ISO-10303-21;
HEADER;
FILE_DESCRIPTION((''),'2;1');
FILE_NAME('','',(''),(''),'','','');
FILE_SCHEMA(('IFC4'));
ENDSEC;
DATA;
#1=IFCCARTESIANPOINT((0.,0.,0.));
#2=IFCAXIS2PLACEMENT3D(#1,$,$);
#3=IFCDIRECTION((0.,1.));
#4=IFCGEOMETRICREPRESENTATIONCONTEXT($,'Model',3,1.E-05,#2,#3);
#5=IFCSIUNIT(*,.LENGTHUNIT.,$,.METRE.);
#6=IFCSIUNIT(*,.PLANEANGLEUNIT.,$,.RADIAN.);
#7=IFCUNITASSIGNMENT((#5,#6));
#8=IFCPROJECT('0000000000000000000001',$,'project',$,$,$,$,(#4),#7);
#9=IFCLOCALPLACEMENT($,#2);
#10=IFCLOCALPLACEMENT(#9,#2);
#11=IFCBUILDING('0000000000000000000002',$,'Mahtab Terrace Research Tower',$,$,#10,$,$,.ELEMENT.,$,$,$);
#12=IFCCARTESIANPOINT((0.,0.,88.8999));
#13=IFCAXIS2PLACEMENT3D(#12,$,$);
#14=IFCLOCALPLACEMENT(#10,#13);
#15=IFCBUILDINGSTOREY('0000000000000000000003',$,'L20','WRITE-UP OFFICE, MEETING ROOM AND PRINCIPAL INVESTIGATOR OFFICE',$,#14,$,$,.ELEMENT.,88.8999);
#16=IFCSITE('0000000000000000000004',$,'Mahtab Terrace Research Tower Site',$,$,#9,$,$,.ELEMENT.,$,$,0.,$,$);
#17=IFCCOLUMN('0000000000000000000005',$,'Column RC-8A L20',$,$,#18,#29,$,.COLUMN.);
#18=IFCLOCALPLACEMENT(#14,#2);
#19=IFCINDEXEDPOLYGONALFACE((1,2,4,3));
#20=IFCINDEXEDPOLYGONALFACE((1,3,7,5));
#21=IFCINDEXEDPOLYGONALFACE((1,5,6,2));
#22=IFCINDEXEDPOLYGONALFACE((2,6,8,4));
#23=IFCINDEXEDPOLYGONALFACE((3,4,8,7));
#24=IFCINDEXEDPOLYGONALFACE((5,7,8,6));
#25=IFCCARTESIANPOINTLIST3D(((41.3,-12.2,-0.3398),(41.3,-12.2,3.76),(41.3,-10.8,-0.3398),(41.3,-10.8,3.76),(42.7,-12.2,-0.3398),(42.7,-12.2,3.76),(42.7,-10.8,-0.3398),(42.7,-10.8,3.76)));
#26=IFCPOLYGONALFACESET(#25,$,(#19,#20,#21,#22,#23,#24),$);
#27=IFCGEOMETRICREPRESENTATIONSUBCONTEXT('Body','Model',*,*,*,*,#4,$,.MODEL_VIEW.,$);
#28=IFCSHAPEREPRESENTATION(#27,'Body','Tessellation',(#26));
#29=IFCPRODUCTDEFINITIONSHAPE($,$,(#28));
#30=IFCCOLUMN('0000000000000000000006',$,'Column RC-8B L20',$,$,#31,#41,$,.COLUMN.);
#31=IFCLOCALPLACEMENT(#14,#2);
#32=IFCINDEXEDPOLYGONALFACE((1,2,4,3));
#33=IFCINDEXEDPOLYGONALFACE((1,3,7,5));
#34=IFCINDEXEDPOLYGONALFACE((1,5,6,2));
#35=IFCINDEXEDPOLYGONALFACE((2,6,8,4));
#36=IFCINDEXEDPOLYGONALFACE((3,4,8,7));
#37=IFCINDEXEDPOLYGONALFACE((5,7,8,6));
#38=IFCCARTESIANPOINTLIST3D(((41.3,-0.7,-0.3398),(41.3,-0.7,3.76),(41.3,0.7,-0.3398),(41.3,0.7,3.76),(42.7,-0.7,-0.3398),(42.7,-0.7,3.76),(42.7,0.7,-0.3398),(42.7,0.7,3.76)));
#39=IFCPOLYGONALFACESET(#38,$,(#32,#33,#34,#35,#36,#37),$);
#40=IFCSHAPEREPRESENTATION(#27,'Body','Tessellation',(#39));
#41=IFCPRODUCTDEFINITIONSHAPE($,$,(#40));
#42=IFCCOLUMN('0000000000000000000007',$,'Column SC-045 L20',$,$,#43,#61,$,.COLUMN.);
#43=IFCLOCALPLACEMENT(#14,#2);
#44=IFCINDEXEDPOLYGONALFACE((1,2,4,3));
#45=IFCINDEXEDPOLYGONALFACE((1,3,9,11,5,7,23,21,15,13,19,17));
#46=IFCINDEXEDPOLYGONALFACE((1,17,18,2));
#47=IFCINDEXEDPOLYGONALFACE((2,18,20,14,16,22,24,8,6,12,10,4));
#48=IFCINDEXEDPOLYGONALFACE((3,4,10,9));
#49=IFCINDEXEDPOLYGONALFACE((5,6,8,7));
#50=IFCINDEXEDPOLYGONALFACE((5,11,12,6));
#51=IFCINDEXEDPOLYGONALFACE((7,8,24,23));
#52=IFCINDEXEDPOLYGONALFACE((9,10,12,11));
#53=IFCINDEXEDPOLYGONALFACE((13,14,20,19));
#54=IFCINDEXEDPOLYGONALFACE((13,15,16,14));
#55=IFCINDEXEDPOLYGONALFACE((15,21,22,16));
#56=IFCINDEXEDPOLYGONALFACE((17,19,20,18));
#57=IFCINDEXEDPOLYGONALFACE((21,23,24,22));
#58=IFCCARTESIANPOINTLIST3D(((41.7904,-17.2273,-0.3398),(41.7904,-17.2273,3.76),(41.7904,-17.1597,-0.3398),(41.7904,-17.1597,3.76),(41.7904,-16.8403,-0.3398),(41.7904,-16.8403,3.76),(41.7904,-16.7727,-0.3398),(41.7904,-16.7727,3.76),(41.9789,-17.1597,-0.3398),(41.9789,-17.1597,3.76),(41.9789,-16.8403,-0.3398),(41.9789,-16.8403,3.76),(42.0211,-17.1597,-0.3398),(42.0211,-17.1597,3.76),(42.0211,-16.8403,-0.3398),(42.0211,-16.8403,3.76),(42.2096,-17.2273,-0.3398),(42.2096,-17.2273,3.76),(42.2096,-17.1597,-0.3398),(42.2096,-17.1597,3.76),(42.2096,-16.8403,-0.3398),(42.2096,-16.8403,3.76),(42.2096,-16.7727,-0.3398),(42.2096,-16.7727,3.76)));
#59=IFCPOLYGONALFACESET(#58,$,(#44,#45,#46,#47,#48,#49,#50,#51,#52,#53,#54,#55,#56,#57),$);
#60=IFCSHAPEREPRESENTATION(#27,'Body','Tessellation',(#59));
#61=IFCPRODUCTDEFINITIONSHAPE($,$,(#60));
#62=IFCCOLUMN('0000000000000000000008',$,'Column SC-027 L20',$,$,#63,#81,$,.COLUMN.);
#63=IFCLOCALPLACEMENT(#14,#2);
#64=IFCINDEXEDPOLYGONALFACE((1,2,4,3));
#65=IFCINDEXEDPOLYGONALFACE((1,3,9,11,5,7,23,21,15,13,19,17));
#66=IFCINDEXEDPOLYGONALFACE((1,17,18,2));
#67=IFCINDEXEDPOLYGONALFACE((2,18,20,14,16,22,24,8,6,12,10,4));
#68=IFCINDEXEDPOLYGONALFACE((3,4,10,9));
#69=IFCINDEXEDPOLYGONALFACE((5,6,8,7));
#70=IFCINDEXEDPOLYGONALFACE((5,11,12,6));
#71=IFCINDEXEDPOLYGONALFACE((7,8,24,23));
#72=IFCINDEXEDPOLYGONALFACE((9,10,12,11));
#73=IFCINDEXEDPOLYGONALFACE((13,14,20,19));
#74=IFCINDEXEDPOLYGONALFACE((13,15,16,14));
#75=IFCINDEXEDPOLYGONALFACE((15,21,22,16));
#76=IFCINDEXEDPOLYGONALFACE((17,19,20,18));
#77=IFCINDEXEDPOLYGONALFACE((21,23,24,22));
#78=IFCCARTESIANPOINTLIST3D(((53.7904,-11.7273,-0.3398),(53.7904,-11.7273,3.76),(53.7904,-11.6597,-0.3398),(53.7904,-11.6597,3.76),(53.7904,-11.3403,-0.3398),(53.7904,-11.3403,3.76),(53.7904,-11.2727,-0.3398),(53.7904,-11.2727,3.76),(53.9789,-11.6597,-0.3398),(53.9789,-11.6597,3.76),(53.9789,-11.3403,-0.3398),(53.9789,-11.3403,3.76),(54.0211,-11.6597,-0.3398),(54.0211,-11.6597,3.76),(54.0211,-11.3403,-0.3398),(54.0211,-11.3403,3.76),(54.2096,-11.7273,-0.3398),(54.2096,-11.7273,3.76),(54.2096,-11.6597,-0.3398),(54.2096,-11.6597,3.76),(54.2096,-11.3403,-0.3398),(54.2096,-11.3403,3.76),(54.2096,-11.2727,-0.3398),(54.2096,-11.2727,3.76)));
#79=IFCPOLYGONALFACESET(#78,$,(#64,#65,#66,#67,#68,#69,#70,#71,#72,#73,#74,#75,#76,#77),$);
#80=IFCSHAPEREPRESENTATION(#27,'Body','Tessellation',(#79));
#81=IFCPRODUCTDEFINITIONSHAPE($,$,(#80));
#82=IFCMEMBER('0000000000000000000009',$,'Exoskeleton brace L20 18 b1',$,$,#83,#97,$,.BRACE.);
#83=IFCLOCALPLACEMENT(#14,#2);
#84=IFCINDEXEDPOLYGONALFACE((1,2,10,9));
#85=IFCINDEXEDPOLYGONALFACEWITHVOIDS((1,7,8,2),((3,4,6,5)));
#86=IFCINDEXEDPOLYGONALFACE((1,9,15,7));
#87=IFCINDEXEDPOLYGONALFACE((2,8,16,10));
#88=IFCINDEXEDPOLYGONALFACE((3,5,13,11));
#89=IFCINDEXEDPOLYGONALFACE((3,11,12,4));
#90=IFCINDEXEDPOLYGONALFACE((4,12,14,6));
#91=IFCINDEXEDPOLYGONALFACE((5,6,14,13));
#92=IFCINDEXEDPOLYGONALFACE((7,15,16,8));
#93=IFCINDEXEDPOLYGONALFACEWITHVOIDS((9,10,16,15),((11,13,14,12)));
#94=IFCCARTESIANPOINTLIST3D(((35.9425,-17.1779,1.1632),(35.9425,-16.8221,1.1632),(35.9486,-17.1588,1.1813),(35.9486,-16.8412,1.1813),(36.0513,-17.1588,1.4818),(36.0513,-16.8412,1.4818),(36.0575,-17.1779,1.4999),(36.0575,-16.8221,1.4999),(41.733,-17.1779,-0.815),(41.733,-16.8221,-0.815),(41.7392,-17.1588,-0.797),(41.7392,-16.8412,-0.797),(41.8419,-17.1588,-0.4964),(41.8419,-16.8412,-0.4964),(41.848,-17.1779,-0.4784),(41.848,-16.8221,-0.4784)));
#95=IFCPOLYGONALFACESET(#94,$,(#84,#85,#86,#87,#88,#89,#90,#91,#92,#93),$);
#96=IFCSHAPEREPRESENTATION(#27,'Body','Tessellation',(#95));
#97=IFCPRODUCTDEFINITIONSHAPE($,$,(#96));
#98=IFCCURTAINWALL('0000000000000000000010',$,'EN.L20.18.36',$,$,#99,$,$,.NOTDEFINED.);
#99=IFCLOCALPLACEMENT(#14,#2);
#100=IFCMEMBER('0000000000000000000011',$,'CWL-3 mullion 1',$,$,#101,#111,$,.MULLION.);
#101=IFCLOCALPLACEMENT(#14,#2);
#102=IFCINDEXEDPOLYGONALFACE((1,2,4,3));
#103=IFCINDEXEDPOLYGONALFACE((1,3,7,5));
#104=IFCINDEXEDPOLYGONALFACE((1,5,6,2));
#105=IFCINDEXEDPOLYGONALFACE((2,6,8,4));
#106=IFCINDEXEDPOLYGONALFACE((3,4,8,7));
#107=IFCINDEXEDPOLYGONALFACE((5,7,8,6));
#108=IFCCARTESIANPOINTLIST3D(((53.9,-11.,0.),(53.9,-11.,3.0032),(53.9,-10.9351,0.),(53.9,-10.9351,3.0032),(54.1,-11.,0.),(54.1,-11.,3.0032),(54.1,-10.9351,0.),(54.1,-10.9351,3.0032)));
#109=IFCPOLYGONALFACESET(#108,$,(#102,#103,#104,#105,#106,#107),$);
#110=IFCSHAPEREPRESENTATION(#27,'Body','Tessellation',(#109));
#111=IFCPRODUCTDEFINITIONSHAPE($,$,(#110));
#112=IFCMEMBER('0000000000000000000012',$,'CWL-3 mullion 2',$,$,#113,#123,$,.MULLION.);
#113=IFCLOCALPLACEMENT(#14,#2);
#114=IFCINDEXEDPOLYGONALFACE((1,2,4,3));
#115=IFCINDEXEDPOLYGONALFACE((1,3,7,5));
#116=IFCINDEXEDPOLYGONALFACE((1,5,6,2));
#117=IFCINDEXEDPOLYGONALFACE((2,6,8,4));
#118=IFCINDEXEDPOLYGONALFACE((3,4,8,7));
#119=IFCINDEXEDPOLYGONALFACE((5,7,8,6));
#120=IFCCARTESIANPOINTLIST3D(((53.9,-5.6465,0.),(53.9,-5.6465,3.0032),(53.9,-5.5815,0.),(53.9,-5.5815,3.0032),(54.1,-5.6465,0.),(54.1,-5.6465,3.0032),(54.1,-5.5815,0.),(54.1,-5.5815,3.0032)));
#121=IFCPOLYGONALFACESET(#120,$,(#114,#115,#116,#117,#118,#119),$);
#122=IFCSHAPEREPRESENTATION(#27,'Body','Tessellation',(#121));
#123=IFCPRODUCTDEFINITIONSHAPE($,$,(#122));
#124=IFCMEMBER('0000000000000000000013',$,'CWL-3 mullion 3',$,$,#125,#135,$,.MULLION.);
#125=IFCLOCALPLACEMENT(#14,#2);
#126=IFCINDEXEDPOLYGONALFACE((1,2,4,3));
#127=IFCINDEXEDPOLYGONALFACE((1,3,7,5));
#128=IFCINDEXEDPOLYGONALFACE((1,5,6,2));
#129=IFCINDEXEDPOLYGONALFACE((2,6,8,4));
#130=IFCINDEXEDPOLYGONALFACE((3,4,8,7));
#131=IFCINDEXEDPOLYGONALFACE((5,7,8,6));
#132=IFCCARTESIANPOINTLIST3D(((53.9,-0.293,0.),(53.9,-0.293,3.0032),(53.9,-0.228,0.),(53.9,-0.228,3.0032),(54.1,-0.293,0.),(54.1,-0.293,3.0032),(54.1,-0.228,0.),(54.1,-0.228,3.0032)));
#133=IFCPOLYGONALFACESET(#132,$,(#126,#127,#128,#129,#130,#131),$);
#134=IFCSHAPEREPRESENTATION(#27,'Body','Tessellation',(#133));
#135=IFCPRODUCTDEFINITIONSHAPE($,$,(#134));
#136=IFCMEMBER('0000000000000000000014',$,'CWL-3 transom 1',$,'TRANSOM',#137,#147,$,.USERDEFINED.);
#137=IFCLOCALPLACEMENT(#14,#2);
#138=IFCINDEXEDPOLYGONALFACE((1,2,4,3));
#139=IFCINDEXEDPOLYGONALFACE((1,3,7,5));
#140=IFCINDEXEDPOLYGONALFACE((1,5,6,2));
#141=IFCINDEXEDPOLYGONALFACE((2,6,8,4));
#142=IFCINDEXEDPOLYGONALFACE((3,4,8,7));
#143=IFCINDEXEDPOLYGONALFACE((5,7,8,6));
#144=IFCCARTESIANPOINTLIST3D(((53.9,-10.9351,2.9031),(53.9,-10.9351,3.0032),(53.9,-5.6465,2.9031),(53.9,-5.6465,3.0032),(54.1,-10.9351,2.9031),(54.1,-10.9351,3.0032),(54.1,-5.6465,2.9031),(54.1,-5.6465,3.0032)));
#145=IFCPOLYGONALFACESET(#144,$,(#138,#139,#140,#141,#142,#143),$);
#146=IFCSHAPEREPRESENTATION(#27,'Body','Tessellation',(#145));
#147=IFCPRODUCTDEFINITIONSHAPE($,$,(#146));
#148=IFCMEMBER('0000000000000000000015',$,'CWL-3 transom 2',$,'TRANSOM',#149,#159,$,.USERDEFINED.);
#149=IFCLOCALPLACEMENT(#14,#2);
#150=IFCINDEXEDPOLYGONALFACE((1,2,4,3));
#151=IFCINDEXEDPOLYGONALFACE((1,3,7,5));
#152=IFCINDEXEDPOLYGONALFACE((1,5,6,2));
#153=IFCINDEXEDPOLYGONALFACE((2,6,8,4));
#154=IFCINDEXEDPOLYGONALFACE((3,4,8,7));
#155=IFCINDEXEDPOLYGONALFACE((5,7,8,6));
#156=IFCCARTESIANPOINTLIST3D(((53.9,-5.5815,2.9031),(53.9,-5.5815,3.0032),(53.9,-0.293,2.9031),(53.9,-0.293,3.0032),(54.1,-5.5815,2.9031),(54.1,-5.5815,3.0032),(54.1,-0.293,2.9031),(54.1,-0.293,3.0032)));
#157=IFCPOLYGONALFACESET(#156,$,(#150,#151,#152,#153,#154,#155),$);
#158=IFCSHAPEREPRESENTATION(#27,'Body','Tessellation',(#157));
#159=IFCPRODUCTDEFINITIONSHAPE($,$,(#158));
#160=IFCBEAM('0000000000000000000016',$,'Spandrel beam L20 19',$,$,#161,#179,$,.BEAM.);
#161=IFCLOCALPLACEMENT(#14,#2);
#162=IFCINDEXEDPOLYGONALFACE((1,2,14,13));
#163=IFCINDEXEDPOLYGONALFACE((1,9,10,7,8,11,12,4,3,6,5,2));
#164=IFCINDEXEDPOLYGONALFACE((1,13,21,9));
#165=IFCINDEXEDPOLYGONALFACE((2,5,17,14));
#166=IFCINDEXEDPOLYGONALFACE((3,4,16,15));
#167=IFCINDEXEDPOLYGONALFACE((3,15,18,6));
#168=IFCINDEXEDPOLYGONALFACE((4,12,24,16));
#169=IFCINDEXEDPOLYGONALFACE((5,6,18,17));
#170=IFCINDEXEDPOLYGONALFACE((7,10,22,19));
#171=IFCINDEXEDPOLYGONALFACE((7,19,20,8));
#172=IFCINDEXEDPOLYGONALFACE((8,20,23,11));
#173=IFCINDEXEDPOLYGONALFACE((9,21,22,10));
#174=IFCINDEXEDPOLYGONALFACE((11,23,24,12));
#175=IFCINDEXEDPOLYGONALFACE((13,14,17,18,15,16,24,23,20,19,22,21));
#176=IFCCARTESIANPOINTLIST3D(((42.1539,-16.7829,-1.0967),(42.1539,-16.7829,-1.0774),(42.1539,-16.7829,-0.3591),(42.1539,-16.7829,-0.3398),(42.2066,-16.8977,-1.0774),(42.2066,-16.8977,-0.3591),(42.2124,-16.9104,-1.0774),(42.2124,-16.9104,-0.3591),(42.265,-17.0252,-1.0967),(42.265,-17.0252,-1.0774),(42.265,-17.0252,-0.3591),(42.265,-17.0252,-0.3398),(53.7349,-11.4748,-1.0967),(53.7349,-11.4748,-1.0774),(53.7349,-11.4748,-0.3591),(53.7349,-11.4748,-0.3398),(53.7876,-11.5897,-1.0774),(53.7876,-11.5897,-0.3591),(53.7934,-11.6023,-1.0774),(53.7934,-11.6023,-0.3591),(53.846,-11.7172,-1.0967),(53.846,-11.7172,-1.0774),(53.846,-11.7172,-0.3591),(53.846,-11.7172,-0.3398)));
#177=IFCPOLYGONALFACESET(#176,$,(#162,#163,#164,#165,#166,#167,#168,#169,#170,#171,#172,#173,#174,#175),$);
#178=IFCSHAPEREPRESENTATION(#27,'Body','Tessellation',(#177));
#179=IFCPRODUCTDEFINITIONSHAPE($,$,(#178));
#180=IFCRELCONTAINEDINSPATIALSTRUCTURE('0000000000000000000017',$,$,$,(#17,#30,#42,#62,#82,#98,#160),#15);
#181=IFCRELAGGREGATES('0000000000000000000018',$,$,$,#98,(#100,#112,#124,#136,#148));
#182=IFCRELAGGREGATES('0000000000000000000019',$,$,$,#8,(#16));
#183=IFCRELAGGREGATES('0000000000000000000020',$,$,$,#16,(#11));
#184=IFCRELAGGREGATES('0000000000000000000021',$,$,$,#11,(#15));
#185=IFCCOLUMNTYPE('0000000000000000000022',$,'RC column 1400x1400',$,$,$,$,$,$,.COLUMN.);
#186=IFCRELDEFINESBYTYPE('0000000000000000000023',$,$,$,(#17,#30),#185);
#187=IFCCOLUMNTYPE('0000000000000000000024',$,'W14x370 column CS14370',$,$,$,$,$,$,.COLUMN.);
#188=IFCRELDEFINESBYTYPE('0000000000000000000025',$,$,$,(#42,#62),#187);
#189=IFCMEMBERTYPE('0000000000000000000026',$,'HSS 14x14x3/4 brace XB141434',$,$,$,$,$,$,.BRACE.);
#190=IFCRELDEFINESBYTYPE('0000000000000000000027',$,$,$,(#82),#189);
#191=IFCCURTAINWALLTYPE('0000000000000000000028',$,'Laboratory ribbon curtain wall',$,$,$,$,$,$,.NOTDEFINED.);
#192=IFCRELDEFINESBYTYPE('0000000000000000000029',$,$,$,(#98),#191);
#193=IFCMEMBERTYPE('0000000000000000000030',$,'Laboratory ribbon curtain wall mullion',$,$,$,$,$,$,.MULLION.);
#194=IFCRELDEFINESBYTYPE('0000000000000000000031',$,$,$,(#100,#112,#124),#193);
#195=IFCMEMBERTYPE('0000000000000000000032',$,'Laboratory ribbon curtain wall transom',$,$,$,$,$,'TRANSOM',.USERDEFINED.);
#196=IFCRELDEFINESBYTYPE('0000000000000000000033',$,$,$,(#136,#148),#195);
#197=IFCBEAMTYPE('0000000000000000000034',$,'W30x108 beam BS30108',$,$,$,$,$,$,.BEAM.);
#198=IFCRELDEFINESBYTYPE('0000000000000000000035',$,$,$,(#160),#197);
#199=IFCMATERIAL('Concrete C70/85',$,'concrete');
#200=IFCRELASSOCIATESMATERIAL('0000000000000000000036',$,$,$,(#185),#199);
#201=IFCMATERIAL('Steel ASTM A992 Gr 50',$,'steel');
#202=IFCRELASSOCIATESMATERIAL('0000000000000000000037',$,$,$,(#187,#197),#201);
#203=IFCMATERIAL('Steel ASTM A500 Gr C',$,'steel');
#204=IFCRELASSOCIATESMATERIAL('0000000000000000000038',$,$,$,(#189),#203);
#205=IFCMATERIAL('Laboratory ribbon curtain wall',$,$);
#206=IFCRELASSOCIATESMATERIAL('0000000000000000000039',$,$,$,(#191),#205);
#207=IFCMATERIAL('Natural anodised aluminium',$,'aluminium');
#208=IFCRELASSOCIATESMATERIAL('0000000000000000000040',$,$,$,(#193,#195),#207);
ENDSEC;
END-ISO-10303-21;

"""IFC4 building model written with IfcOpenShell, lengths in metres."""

from ifc_helpers import new_model, si_unit, direction, frame, origin, origin_2d, place, context, subcontext, project, spatial, rectangle, hollow_rectangle, i_section, extrude, material, material_profile, profile_set, type_object, element, aggregate, save


model = new_model("IFC4")

# Units and contexts
model_context = context("Model", 3, precision=1e-05, world=origin(), true_north=direction((0.0, 1.0)))
body_context = subcontext(model_context, "Body", "Model", "MODEL_VIEW")
ifc_project = project(units=[si_unit("LENGTHUNIT", "METRE"), si_unit("PLANEANGLEUNIT", "RADIAN")], contexts=[model_context])

# Site, building, storey
site_placement = place(None, origin())
site = spatial("IfcSite", under=ifc_project, at=site_placement, Name="Mahtab Terrace Research Tower Site", CompositionType="ELEMENT", RefElevation=0.0)
building_placement = place(site_placement, origin())
building = spatial("IfcBuilding", under=site, at=building_placement, Name="Mahtab Terrace Research Tower", CompositionType="ELEMENT")
storey_placement = place(building_placement, frame((0.0, 0.0, 88.8999)))
storey = spatial("IfcBuildingStorey", under=building, at=storey_placement, Name="L20", Description="WRITE-UP OFFICE, MEETING ROOM AND PRINCIPAL INVESTIGATOR OFFICE", CompositionType="ELEMENT", Elevation=88.8999)

# Columns
ifc_material_1 = material(Name="Concrete C70/85", Category="concrete")
ifc_material_profile_1 = material_profile(ifc_material_1, rectangle(XDim=1.3999, YDim=1.3999, at=origin_2d()), Name="RC column 1400x1400")
ifc_profile_set_1 = profile_set([ifc_material_profile_1], Name="Concrete C70/85")
column_type_1 = type_object("IfcColumnType", Name="RC column 1400x1400", PredefinedType="COLUMN", material=ifc_profile_set_1)
for number, where, z_axis, x_axis, name in (
    (1, (42.0, -11.5, -0.3398), (0.0, 0.0, 1.0), (1.0, 0.0, 0.0), "Column RC-8A L20"),
    (2, (42.0, 0.0, -0.3398), (0.0, 0.0, 1.0), (1.0, 0.0, 0.0), "Column RC-8B L20"),
):
    element("IfcColumn", number, at=place(storey_placement, frame(where, z_axis=z_axis, x_axis=x_axis)), inside=storey, type_object=column_type_1, Name=name, PredefinedType="COLUMN", context=body_context, shape_type="SweptSolid", body=[
        extrude(rectangle(XDim=1.3999, YDim=1.3999, at=origin_2d()), origin(), (0.0, 0.0, 1.0), 4.0999),
    ])
ifc_material_2 = material(Name="Steel ASTM A992 Gr 50", Category="steel")
ifc_material_profile_2 = material_profile(ifc_material_2, i_section(OverallWidth=0.4192, OverallDepth=0.4546, WebThickness=0.0422, FlangeThickness=0.0676, at=origin_2d()), Name="W14X370")
ifc_profile_set_2 = profile_set([ifc_material_profile_2], Name="Steel ASTM A992 Gr 50")
column_type_2 = type_object("IfcColumnType", Name="W14x370 column CS14370", PredefinedType="COLUMN", material=ifc_profile_set_2)
for number, where, z_axis, x_axis, name in (
    (3, (42.0, -17.0, -0.3398), (0.0, 0.0, 1.0), (1.0, 0.0, 0.0), "Column SC-045 L20"),
    (4, (54.0, -11.5, -0.3398), (0.0, 0.0, 1.0), (1.0, 0.0, 0.0), "Column SC-027 L20"),
):
    element("IfcColumn", number, at=place(storey_placement, frame(where, z_axis=z_axis, x_axis=x_axis)), inside=storey, type_object=column_type_2, Name=name, PredefinedType="COLUMN", context=body_context, shape_type="SweptSolid", body=[
        extrude(i_section(OverallWidth=0.4192, OverallDepth=0.4546, WebThickness=0.0422, FlangeThickness=0.0676, at=origin_2d()), origin(), (0.0, 0.0, 1.0), 4.0999),
    ])

# Member
ifc_material_3 = material(Name="Steel ASTM A500 Gr C", Category="steel")
ifc_material_profile_3 = material_profile(ifc_material_3, hollow_rectangle(XDim=0.3557, YDim=0.3557, WallThickness=0.019, at=origin_2d()), Name="HSS14X14X3/4")
ifc_profile_set_3 = profile_set([ifc_material_profile_3], Name="Steel ASTM A500 Gr C")
member_type_1 = type_object("IfcMemberType", Name="HSS 14x14x3/4 brace XB141434", PredefinedType="BRACE", material=ifc_profile_set_3)
member_1_placement = place(storey_placement, frame((41.7905, -17.0, -0.6467), z_axis=(-0.946299, 0.0, 0.323293), x_axis=(0.0, -1.0, 0.0)))
element("IfcMember", 5, at=member_1_placement, inside=storey, type_object=member_type_1, Name="Exoskeleton brace L20 18 b1", PredefinedType="BRACE", context=body_context, shape_type="SweptSolid", body=[
    extrude(hollow_rectangle(XDim=0.3557, YDim=0.3557, WallThickness=0.019, at=origin_2d()), origin(), (0.0, 0.0, 1.0), 6.1191),
])

# Curtain wall, members
ifc_material_4 = material(Name="Laboratory ribbon curtain wall")
curtain_wall_type = type_object("IfcCurtainWallType", Name="Laboratory ribbon curtain wall", PredefinedType="NOTDEFINED", material=ifc_material_4)
curtain_wall_placement = place(storey_placement, origin())
curtain_wall = element("IfcCurtainWall", 6, at=curtain_wall_placement, inside=storey, type_object=curtain_wall_type, Name="EN.L20.18.36", PredefinedType="NOTDEFINED")
ifc_material_5 = material(Name="Natural anodised aluminium", Category="aluminium")
ifc_material_profile_4 = material_profile(ifc_material_5, rectangle(XDim=0.2, YDim=0.0649, at=origin_2d()), Name="MULLION 65x200")
ifc_profile_set_4 = profile_set([ifc_material_profile_4], Name="Natural anodised aluminium")
member_type_2 = type_object("IfcMemberType", Name="Laboratory ribbon curtain wall mullion", PredefinedType="MULLION", material=ifc_profile_set_4)
member_2_placement = place(storey_placement, frame((54.0, -10.9675, 0.0), z_axis=(0.0, 0.0, 1.0), x_axis=(-1.0, 0.0, 0.0)))
member_2 = element("IfcMember", 7, at=member_2_placement, type_object=member_type_2, Name="CWL-3 mullion 1", PredefinedType="MULLION", context=body_context, shape_type="SweptSolid", body=[
    extrude(rectangle(XDim=0.2, YDim=0.0649, at=origin_2d()), origin(), (0.0, 0.0, 1.0), 3.0032),
])
member_3_placement = place(storey_placement, frame((54.0, -5.614, 0.0), z_axis=(0.0, 0.0, 1.0), x_axis=(-1.0, 0.0, 0.0)))
member_3 = element("IfcMember", 8, at=member_3_placement, type_object=member_type_2, Name="CWL-3 mullion 2", PredefinedType="MULLION", context=body_context, shape_type="SweptSolid", body=[
    extrude(rectangle(XDim=0.2, YDim=0.0649, at=origin_2d()), origin(), (0.0, 0.0, 1.0), 3.0032),
])
member_4_placement = place(storey_placement, frame((54.0, -0.2605, 0.0), z_axis=(0.0, 0.0, 1.0), x_axis=(-1.0, 0.0, 0.0)))
member_4 = element("IfcMember", 9, at=member_4_placement, type_object=member_type_2, Name="CWL-3 mullion 3", PredefinedType="MULLION", context=body_context, shape_type="SweptSolid", body=[
    extrude(rectangle(XDim=0.2, YDim=0.0649, at=origin_2d()), origin(), (0.0, 0.0, 1.0), 3.0032),
])
ifc_material_profile_5 = material_profile(ifc_material_5, rectangle(XDim=0.2, YDim=0.1001, at=origin_2d()), Name="TRANSOM 100x200")
ifc_profile_set_5 = profile_set([ifc_material_profile_5], Name="Natural anodised aluminium")
member_type_3 = type_object("IfcMemberType", Name="Laboratory ribbon curtain wall transom", ElementType="TRANSOM", PredefinedType="USERDEFINED", material=ifc_profile_set_5)
member_5_placement = place(storey_placement, frame((54.0, -10.9351, 2.9531), z_axis=(0.0, 1.0, 0.0), x_axis=(-1.0, 0.0, 0.0)))
member_5 = element("IfcMember", 10, at=member_5_placement, type_object=member_type_3, Name="CWL-3 transom 1", ObjectType="TRANSOM", PredefinedType="USERDEFINED", context=body_context, shape_type="SweptSolid", body=[
    extrude(rectangle(XDim=0.2, YDim=0.1001, at=origin_2d()), origin(), (0.0, 0.0, 1.0), 5.2886),
])
member_6_placement = place(storey_placement, frame((54.0, -5.5815, 2.9531), z_axis=(0.0, 1.0, 0.0), x_axis=(-1.0, 0.0, 0.0)))
member_6 = element("IfcMember", 11, at=member_6_placement, type_object=member_type_3, Name="CWL-3 transom 2", ObjectType="TRANSOM", PredefinedType="USERDEFINED", context=body_context, shape_type="SweptSolid", body=[
    extrude(rectangle(XDim=0.2, YDim=0.1001, at=origin_2d()), origin(), (0.0, 0.0, 1.0), 5.2886),
])

# Beam
ifc_material_profile_6 = material_profile(ifc_material_2, i_section(OverallWidth=0.2666, OverallDepth=0.7568, WebThickness=0.0139, FlangeThickness=0.0193, at=origin_2d()), Name="W30X108")
ifc_profile_set_6 = profile_set([ifc_material_profile_6], Name="Steel ASTM A992 Gr 50")
beam_type = type_object("IfcBeamType", Name="W30x108 beam BS30108", PredefinedType="BEAM", material=ifc_profile_set_6)
beam_1_placement = place(storey_placement, frame((42.2095, -16.9041, -0.7183), z_axis=(0.909061, 0.416663, 0.0), x_axis=(-0.416663, 0.909061, 0.0)))
element("IfcBeam", 12, at=beam_1_placement, inside=storey, type_object=beam_type, Name="Spandrel beam L20 19", PredefinedType="BEAM", context=body_context, shape_type="SweptSolid", body=[
    extrude(i_section(OverallWidth=0.2666, OverallDepth=0.7568, WebThickness=0.0139, FlangeThickness=0.0193, at=origin_2d()), origin(), (0.0, 0.0, 1.0), 12.7395),
])

aggregate(curtain_wall, [member_2, member_3, member_4, member_5, member_6])

save(model, "model.ifc")
